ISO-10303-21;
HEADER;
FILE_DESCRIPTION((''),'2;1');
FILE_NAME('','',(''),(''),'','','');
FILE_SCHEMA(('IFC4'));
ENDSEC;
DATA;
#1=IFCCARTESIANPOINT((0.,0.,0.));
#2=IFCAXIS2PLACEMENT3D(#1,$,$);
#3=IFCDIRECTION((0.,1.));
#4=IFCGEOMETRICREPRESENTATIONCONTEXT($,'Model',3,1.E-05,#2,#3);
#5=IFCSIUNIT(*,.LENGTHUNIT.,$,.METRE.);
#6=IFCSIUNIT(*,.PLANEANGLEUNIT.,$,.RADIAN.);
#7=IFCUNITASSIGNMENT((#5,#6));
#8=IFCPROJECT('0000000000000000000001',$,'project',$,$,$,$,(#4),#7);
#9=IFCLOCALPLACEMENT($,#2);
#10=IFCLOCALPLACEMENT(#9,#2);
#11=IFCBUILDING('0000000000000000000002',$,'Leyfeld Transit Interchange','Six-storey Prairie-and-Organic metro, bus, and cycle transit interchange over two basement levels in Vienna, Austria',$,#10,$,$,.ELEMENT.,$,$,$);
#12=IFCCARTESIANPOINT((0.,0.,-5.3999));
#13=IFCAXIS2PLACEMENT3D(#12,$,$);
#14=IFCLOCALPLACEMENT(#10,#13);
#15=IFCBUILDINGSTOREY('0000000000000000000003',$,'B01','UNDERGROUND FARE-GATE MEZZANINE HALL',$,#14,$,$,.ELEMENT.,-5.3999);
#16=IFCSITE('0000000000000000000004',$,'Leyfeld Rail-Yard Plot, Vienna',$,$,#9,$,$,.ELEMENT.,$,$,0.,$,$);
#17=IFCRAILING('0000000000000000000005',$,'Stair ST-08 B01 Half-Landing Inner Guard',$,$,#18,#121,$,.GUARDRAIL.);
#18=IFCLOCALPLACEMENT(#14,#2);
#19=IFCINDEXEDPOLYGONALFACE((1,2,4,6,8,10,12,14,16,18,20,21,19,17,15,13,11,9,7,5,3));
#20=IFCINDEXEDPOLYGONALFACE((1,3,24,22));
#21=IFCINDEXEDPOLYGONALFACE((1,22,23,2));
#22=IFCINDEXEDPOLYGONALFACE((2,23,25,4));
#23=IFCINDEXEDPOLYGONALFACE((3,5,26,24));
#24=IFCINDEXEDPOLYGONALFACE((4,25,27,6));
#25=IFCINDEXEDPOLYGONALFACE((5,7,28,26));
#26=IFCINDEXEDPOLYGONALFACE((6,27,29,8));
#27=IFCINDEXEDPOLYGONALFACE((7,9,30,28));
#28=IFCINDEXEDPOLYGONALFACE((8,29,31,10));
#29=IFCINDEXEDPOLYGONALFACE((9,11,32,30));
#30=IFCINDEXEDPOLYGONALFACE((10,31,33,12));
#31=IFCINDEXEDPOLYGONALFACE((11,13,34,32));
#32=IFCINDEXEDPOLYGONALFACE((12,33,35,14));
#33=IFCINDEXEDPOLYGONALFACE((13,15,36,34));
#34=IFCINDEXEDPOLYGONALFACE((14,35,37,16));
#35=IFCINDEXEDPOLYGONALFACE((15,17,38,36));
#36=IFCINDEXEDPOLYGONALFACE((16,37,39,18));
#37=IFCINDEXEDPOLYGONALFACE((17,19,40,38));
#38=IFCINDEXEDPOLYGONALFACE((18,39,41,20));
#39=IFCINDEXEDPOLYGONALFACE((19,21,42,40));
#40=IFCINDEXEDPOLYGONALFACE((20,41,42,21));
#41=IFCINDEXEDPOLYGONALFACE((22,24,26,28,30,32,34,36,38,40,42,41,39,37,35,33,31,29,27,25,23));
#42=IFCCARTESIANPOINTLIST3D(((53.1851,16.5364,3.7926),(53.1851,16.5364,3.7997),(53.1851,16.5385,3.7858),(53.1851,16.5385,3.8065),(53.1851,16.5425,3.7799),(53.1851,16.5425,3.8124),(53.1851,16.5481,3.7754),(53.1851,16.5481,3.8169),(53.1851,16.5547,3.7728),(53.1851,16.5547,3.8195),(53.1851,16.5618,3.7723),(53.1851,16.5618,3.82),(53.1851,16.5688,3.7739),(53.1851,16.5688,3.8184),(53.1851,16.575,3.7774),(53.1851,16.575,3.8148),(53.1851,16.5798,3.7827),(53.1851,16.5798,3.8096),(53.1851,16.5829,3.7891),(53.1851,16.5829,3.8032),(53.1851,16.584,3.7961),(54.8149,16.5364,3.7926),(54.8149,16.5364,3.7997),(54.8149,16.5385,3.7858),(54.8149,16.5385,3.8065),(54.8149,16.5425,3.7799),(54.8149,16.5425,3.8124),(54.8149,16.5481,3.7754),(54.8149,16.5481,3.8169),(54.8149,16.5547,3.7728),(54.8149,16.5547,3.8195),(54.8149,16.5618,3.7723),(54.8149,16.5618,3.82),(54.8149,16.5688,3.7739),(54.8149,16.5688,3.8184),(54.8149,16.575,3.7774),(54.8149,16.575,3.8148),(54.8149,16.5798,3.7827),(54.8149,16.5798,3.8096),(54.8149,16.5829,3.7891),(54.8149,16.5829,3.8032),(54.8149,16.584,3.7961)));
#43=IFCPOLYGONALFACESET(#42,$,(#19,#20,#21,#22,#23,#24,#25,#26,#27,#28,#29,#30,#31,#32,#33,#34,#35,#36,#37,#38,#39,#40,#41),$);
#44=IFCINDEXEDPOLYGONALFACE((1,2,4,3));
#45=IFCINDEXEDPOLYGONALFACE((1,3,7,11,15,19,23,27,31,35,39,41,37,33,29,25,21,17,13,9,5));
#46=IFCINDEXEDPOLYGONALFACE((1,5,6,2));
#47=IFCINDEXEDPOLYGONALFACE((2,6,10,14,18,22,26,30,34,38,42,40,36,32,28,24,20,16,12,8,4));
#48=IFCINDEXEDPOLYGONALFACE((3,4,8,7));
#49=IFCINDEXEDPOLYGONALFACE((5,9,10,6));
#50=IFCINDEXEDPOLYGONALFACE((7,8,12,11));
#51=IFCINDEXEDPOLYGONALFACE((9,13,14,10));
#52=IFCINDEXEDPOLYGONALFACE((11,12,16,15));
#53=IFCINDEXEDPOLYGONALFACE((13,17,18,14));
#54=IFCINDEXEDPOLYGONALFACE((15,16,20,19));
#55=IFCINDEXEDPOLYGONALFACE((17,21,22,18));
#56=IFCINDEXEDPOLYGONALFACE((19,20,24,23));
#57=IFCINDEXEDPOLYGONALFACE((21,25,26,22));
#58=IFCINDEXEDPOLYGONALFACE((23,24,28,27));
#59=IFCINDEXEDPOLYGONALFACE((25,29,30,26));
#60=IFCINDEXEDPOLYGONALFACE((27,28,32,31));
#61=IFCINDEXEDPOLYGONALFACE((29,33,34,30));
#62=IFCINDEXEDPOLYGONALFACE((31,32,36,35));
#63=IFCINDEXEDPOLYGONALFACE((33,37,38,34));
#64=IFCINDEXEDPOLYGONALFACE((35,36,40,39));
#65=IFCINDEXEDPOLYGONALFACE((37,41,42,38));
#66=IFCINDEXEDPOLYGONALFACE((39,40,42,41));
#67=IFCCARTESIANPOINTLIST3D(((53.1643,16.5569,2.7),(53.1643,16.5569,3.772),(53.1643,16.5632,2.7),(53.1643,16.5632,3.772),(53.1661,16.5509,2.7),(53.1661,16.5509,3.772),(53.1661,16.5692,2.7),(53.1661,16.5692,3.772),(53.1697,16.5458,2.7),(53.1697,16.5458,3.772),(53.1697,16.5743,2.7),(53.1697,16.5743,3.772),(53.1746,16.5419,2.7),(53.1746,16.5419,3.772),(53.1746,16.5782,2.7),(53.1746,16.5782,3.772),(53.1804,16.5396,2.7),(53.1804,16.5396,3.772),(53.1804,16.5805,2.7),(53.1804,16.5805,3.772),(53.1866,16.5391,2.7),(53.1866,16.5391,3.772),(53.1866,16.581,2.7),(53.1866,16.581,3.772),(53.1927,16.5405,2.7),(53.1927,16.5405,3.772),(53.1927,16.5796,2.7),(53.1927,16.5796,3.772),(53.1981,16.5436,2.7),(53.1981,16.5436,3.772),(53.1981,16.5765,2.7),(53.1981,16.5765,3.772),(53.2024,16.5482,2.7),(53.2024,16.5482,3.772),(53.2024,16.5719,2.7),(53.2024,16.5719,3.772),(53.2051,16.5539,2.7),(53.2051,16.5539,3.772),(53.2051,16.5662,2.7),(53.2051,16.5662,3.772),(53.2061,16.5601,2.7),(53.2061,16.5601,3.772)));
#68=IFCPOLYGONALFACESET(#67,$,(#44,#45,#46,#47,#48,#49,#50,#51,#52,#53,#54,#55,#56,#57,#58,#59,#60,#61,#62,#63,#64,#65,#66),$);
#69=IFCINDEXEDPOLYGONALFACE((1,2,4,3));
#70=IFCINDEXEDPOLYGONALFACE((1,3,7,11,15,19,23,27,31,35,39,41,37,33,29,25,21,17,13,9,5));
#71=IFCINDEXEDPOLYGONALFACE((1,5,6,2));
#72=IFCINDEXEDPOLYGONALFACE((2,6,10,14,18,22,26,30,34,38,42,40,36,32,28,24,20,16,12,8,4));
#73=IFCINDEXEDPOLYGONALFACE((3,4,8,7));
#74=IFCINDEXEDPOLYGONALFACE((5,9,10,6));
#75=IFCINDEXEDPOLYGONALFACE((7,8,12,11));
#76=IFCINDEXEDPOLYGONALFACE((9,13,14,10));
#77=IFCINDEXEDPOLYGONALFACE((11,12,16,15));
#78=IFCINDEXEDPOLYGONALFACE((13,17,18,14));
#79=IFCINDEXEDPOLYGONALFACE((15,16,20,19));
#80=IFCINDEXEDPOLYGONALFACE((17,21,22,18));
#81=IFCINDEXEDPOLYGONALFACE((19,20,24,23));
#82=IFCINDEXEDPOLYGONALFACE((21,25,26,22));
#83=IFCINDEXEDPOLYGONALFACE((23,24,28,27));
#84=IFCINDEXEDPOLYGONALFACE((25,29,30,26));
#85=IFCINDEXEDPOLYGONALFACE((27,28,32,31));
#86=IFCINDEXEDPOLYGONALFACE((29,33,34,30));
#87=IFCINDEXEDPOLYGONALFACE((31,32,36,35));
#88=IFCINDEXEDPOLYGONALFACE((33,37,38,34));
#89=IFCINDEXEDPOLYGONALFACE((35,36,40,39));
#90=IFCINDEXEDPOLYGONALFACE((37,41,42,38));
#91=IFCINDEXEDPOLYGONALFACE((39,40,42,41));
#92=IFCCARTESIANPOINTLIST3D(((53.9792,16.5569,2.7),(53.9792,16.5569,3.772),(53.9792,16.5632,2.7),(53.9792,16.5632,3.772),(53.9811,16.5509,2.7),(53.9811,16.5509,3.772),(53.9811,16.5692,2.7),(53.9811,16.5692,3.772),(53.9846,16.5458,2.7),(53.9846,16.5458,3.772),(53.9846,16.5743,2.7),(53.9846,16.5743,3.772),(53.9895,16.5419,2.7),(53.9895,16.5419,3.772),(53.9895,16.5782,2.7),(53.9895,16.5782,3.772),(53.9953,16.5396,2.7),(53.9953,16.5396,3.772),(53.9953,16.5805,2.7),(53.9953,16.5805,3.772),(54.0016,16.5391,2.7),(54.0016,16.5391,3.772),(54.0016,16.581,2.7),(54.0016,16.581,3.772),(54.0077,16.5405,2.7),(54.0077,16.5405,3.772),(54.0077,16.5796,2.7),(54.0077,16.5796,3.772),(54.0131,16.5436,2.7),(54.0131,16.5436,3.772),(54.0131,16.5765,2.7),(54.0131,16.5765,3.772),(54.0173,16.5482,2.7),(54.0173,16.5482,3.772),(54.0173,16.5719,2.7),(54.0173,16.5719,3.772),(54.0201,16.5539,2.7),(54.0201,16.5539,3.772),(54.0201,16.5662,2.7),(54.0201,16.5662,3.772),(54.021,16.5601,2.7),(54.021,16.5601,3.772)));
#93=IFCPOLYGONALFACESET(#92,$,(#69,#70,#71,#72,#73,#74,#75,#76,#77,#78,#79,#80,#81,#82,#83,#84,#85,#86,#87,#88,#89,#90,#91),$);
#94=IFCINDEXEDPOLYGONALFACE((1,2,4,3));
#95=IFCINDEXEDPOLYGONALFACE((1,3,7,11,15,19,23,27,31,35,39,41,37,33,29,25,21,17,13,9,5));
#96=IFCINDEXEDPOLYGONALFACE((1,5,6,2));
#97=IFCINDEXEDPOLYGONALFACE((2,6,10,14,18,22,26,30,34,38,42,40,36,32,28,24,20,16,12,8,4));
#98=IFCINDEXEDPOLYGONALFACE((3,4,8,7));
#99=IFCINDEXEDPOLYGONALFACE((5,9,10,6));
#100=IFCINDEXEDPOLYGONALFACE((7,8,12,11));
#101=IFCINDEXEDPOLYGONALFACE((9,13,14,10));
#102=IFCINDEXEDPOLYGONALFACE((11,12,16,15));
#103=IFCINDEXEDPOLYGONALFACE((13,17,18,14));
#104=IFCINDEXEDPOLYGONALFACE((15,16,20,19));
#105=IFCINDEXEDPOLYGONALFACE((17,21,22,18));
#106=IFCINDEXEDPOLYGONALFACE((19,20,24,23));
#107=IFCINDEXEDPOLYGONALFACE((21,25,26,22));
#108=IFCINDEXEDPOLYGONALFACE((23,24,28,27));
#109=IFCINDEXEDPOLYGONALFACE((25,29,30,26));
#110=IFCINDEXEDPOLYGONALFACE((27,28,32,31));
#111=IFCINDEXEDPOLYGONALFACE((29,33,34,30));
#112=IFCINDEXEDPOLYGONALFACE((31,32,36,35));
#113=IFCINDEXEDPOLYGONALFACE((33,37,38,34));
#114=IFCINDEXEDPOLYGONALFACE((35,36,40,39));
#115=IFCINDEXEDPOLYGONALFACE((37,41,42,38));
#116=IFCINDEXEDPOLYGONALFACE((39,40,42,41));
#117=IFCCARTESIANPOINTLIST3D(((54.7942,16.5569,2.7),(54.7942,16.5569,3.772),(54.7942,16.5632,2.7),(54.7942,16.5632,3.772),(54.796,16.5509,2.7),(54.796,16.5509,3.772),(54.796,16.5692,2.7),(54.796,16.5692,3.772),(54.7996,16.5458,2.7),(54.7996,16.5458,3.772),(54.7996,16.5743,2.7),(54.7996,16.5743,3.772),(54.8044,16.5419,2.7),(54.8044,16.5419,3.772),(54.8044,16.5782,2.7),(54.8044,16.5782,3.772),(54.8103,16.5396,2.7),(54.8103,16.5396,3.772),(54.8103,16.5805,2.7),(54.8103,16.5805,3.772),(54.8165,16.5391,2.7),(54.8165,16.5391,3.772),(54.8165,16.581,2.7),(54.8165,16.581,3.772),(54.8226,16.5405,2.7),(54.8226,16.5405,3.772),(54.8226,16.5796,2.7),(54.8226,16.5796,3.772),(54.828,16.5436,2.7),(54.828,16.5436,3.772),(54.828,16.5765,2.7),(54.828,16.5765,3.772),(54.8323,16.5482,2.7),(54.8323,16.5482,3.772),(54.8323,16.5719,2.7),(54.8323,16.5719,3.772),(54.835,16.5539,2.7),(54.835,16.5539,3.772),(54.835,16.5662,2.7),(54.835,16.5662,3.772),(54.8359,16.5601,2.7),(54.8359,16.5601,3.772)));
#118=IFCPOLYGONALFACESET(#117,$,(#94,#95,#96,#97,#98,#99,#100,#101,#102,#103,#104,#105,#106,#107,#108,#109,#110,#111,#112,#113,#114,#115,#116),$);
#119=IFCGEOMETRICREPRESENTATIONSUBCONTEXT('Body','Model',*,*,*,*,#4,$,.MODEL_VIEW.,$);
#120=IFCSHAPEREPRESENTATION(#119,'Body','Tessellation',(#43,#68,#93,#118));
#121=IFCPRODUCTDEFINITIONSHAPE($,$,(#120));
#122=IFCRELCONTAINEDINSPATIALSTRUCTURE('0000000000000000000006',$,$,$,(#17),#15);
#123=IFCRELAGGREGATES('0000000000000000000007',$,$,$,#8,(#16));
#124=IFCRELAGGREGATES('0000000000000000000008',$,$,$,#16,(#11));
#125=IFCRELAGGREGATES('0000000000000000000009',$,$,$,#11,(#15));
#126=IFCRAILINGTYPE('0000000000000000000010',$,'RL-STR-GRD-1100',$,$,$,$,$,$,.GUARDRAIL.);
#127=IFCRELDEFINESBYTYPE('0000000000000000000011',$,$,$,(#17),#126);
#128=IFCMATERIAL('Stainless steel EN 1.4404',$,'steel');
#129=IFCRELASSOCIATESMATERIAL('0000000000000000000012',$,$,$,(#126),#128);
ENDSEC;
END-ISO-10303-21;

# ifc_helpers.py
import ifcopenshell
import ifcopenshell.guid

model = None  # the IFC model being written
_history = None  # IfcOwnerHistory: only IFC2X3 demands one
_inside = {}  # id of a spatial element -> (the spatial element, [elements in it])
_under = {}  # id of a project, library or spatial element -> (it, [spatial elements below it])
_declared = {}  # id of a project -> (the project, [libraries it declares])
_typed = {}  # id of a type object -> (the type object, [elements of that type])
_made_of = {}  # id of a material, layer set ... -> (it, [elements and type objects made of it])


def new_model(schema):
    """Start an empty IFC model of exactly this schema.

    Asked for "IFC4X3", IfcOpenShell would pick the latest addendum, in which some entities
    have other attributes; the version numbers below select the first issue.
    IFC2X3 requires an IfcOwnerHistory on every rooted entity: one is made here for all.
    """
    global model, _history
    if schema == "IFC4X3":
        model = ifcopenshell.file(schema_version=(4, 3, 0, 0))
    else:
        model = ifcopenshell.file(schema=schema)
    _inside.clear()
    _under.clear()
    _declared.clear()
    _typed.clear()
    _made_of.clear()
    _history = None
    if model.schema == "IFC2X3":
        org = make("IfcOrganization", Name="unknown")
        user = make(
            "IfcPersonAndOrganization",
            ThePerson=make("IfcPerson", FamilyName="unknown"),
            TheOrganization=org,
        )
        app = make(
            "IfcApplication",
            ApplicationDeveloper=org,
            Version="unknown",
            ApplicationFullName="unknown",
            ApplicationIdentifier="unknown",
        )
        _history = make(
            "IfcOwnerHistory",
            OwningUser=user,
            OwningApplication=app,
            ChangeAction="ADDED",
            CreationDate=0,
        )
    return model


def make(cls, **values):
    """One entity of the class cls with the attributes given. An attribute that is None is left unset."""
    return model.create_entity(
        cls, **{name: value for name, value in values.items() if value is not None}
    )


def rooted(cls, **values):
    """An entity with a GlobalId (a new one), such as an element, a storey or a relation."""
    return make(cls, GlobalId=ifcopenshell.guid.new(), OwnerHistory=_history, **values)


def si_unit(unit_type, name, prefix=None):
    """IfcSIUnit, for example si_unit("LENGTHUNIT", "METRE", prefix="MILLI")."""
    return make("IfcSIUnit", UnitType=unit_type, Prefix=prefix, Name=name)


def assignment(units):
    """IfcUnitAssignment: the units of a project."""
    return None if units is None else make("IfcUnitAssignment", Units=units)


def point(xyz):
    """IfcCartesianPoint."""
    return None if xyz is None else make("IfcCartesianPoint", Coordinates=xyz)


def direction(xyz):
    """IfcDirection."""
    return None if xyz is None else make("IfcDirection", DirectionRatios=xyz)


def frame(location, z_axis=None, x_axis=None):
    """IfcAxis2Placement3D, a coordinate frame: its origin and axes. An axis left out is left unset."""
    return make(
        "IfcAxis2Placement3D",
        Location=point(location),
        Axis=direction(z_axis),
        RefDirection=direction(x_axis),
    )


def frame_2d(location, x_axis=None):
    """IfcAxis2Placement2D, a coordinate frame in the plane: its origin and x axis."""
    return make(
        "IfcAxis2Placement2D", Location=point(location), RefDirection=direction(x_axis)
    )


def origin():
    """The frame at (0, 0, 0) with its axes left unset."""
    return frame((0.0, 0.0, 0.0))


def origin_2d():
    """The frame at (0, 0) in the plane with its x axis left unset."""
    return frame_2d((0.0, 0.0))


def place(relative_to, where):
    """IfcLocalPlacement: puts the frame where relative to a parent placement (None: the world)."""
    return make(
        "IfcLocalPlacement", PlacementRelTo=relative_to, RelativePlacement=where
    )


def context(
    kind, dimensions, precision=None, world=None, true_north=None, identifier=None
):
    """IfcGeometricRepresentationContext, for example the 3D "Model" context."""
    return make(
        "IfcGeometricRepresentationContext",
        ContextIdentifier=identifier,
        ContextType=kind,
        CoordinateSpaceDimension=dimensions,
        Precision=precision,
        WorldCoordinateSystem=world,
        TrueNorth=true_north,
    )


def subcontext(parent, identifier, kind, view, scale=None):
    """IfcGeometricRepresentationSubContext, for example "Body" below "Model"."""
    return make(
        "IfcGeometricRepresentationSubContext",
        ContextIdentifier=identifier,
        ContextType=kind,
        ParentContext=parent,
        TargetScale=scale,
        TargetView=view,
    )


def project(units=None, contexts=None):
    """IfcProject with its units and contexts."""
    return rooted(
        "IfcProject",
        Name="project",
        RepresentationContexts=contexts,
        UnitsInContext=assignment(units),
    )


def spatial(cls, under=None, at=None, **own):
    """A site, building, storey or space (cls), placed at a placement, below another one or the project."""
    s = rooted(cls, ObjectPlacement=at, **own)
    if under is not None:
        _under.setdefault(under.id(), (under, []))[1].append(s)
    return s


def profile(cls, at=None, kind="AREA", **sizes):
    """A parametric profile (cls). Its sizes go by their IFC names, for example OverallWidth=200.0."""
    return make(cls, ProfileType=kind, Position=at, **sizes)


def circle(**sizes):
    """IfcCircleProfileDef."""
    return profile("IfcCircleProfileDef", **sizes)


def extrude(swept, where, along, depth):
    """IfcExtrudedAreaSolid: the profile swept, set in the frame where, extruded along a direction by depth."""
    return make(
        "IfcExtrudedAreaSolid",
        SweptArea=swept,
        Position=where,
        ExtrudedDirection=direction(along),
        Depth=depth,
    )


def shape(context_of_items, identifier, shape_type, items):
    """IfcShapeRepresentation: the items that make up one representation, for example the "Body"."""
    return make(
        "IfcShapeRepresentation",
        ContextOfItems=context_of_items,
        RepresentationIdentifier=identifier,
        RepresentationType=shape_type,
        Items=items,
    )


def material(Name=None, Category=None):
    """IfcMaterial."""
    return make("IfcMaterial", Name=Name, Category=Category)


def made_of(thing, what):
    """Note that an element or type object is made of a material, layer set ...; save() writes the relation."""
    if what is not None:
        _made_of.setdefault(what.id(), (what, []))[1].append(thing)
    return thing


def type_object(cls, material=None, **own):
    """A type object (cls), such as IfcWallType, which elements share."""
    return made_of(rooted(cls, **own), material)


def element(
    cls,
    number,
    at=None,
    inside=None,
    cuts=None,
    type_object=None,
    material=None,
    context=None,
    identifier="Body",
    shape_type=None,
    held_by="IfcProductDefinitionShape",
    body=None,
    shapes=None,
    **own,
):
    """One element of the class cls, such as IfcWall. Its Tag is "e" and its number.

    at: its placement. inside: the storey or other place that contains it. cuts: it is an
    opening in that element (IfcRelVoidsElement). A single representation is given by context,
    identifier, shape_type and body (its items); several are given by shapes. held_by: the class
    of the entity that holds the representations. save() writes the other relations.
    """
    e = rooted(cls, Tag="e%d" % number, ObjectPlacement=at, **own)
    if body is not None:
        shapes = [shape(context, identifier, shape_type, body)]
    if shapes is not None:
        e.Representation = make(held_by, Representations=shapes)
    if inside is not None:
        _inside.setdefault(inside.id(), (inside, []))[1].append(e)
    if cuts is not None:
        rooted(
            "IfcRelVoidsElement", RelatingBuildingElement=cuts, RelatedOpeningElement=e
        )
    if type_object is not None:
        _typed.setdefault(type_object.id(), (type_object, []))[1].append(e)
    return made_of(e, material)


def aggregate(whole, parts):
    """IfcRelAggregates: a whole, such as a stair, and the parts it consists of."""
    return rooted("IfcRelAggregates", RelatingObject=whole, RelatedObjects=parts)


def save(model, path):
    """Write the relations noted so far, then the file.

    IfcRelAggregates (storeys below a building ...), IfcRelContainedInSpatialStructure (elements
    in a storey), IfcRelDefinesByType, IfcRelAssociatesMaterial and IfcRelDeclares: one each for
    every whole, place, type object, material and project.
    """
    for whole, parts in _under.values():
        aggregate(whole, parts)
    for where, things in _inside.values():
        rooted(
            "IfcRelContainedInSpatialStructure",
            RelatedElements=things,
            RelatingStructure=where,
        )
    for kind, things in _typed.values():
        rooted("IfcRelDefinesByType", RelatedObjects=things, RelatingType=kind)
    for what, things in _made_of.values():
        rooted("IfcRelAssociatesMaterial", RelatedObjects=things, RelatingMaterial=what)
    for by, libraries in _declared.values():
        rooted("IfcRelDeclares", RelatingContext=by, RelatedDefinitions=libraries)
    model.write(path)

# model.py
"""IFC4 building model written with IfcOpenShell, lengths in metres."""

from ifc_helpers import new_model, si_unit, direction, frame, origin, origin_2d, place, context, subcontext, project, spatial, circle, extrude, material, type_object, element, save


model = new_model("IFC4")

# Units and contexts
model_context = context("Model", 3, precision=1e-05, world=origin(), true_north=direction((0.0, 1.0)))
body_context = subcontext(model_context, "Body", "Model", "MODEL_VIEW")
ifc_project = project(units=[si_unit("LENGTHUNIT", "METRE"), si_unit("PLANEANGLEUNIT", "RADIAN")], contexts=[model_context])

# Site, building, storey
site_placement = place(None, origin())
site = spatial("IfcSite", under=ifc_project, at=site_placement, Name="Leyfeld Rail-Yard Plot, Vienna", CompositionType="ELEMENT", RefElevation=0.0)
building_placement = place(site_placement, origin())
building = spatial("IfcBuilding", under=site, at=building_placement, Name="Leyfeld Transit Interchange", Description="Six-storey Prairie-and-Organic metro, bus, and cycle transit interchange over two basement levels in Vienna, Austria", CompositionType="ELEMENT")
storey_placement = place(building_placement, frame((0.0, 0.0, -5.3999)))
storey = spatial("IfcBuildingStorey", under=building, at=storey_placement, Name="B01", Description="UNDERGROUND FARE-GATE MEZZANINE HALL", CompositionType="ELEMENT", Elevation=-5.3999)

# Railing
ifc_material_1 = material(Name="Stainless steel EN 1.4404", Category="steel")
railing_type_1 = type_object("IfcRailingType", Name="RL-STR-GRD-1100", PredefinedType="GUARDRAIL", material=ifc_material_1)
railing_1_placement = place(storey_placement, frame((53.1851, 16.5601, 2.7)))
element("IfcRailing", 1, at=railing_1_placement, inside=storey, type_object=railing_type_1, Name="Stair ST-08 B01 Half-Landing Inner Guard", PredefinedType="GUARDRAIL", context=body_context, shape_type="SweptSolid", body=[
    extrude(circle(Radius=0.0239, at=origin_2d()), frame((0.0, 0.0, 1.0962), z_axis=(1.0, 0.0, 0.0), x_axis=(0.0, 1.0, 0.0)), (0.0, 0.0, 1.0), 1.6299),
    extrude(circle(Radius=0.021, at=origin_2d()), origin(), (0.0, 0.0, 1.0), 1.072),
    extrude(circle(Radius=0.021, at=origin_2d()), frame((0.8149, 0.0, 0.0)), (0.0, 0.0, 1.0), 1.072),
    extrude(circle(Radius=0.021, at=origin_2d()), frame((1.6299, 0.0, 0.0)), (0.0, 0.0, 1.0), 1.072),
])

save(model, "model.ifc")
